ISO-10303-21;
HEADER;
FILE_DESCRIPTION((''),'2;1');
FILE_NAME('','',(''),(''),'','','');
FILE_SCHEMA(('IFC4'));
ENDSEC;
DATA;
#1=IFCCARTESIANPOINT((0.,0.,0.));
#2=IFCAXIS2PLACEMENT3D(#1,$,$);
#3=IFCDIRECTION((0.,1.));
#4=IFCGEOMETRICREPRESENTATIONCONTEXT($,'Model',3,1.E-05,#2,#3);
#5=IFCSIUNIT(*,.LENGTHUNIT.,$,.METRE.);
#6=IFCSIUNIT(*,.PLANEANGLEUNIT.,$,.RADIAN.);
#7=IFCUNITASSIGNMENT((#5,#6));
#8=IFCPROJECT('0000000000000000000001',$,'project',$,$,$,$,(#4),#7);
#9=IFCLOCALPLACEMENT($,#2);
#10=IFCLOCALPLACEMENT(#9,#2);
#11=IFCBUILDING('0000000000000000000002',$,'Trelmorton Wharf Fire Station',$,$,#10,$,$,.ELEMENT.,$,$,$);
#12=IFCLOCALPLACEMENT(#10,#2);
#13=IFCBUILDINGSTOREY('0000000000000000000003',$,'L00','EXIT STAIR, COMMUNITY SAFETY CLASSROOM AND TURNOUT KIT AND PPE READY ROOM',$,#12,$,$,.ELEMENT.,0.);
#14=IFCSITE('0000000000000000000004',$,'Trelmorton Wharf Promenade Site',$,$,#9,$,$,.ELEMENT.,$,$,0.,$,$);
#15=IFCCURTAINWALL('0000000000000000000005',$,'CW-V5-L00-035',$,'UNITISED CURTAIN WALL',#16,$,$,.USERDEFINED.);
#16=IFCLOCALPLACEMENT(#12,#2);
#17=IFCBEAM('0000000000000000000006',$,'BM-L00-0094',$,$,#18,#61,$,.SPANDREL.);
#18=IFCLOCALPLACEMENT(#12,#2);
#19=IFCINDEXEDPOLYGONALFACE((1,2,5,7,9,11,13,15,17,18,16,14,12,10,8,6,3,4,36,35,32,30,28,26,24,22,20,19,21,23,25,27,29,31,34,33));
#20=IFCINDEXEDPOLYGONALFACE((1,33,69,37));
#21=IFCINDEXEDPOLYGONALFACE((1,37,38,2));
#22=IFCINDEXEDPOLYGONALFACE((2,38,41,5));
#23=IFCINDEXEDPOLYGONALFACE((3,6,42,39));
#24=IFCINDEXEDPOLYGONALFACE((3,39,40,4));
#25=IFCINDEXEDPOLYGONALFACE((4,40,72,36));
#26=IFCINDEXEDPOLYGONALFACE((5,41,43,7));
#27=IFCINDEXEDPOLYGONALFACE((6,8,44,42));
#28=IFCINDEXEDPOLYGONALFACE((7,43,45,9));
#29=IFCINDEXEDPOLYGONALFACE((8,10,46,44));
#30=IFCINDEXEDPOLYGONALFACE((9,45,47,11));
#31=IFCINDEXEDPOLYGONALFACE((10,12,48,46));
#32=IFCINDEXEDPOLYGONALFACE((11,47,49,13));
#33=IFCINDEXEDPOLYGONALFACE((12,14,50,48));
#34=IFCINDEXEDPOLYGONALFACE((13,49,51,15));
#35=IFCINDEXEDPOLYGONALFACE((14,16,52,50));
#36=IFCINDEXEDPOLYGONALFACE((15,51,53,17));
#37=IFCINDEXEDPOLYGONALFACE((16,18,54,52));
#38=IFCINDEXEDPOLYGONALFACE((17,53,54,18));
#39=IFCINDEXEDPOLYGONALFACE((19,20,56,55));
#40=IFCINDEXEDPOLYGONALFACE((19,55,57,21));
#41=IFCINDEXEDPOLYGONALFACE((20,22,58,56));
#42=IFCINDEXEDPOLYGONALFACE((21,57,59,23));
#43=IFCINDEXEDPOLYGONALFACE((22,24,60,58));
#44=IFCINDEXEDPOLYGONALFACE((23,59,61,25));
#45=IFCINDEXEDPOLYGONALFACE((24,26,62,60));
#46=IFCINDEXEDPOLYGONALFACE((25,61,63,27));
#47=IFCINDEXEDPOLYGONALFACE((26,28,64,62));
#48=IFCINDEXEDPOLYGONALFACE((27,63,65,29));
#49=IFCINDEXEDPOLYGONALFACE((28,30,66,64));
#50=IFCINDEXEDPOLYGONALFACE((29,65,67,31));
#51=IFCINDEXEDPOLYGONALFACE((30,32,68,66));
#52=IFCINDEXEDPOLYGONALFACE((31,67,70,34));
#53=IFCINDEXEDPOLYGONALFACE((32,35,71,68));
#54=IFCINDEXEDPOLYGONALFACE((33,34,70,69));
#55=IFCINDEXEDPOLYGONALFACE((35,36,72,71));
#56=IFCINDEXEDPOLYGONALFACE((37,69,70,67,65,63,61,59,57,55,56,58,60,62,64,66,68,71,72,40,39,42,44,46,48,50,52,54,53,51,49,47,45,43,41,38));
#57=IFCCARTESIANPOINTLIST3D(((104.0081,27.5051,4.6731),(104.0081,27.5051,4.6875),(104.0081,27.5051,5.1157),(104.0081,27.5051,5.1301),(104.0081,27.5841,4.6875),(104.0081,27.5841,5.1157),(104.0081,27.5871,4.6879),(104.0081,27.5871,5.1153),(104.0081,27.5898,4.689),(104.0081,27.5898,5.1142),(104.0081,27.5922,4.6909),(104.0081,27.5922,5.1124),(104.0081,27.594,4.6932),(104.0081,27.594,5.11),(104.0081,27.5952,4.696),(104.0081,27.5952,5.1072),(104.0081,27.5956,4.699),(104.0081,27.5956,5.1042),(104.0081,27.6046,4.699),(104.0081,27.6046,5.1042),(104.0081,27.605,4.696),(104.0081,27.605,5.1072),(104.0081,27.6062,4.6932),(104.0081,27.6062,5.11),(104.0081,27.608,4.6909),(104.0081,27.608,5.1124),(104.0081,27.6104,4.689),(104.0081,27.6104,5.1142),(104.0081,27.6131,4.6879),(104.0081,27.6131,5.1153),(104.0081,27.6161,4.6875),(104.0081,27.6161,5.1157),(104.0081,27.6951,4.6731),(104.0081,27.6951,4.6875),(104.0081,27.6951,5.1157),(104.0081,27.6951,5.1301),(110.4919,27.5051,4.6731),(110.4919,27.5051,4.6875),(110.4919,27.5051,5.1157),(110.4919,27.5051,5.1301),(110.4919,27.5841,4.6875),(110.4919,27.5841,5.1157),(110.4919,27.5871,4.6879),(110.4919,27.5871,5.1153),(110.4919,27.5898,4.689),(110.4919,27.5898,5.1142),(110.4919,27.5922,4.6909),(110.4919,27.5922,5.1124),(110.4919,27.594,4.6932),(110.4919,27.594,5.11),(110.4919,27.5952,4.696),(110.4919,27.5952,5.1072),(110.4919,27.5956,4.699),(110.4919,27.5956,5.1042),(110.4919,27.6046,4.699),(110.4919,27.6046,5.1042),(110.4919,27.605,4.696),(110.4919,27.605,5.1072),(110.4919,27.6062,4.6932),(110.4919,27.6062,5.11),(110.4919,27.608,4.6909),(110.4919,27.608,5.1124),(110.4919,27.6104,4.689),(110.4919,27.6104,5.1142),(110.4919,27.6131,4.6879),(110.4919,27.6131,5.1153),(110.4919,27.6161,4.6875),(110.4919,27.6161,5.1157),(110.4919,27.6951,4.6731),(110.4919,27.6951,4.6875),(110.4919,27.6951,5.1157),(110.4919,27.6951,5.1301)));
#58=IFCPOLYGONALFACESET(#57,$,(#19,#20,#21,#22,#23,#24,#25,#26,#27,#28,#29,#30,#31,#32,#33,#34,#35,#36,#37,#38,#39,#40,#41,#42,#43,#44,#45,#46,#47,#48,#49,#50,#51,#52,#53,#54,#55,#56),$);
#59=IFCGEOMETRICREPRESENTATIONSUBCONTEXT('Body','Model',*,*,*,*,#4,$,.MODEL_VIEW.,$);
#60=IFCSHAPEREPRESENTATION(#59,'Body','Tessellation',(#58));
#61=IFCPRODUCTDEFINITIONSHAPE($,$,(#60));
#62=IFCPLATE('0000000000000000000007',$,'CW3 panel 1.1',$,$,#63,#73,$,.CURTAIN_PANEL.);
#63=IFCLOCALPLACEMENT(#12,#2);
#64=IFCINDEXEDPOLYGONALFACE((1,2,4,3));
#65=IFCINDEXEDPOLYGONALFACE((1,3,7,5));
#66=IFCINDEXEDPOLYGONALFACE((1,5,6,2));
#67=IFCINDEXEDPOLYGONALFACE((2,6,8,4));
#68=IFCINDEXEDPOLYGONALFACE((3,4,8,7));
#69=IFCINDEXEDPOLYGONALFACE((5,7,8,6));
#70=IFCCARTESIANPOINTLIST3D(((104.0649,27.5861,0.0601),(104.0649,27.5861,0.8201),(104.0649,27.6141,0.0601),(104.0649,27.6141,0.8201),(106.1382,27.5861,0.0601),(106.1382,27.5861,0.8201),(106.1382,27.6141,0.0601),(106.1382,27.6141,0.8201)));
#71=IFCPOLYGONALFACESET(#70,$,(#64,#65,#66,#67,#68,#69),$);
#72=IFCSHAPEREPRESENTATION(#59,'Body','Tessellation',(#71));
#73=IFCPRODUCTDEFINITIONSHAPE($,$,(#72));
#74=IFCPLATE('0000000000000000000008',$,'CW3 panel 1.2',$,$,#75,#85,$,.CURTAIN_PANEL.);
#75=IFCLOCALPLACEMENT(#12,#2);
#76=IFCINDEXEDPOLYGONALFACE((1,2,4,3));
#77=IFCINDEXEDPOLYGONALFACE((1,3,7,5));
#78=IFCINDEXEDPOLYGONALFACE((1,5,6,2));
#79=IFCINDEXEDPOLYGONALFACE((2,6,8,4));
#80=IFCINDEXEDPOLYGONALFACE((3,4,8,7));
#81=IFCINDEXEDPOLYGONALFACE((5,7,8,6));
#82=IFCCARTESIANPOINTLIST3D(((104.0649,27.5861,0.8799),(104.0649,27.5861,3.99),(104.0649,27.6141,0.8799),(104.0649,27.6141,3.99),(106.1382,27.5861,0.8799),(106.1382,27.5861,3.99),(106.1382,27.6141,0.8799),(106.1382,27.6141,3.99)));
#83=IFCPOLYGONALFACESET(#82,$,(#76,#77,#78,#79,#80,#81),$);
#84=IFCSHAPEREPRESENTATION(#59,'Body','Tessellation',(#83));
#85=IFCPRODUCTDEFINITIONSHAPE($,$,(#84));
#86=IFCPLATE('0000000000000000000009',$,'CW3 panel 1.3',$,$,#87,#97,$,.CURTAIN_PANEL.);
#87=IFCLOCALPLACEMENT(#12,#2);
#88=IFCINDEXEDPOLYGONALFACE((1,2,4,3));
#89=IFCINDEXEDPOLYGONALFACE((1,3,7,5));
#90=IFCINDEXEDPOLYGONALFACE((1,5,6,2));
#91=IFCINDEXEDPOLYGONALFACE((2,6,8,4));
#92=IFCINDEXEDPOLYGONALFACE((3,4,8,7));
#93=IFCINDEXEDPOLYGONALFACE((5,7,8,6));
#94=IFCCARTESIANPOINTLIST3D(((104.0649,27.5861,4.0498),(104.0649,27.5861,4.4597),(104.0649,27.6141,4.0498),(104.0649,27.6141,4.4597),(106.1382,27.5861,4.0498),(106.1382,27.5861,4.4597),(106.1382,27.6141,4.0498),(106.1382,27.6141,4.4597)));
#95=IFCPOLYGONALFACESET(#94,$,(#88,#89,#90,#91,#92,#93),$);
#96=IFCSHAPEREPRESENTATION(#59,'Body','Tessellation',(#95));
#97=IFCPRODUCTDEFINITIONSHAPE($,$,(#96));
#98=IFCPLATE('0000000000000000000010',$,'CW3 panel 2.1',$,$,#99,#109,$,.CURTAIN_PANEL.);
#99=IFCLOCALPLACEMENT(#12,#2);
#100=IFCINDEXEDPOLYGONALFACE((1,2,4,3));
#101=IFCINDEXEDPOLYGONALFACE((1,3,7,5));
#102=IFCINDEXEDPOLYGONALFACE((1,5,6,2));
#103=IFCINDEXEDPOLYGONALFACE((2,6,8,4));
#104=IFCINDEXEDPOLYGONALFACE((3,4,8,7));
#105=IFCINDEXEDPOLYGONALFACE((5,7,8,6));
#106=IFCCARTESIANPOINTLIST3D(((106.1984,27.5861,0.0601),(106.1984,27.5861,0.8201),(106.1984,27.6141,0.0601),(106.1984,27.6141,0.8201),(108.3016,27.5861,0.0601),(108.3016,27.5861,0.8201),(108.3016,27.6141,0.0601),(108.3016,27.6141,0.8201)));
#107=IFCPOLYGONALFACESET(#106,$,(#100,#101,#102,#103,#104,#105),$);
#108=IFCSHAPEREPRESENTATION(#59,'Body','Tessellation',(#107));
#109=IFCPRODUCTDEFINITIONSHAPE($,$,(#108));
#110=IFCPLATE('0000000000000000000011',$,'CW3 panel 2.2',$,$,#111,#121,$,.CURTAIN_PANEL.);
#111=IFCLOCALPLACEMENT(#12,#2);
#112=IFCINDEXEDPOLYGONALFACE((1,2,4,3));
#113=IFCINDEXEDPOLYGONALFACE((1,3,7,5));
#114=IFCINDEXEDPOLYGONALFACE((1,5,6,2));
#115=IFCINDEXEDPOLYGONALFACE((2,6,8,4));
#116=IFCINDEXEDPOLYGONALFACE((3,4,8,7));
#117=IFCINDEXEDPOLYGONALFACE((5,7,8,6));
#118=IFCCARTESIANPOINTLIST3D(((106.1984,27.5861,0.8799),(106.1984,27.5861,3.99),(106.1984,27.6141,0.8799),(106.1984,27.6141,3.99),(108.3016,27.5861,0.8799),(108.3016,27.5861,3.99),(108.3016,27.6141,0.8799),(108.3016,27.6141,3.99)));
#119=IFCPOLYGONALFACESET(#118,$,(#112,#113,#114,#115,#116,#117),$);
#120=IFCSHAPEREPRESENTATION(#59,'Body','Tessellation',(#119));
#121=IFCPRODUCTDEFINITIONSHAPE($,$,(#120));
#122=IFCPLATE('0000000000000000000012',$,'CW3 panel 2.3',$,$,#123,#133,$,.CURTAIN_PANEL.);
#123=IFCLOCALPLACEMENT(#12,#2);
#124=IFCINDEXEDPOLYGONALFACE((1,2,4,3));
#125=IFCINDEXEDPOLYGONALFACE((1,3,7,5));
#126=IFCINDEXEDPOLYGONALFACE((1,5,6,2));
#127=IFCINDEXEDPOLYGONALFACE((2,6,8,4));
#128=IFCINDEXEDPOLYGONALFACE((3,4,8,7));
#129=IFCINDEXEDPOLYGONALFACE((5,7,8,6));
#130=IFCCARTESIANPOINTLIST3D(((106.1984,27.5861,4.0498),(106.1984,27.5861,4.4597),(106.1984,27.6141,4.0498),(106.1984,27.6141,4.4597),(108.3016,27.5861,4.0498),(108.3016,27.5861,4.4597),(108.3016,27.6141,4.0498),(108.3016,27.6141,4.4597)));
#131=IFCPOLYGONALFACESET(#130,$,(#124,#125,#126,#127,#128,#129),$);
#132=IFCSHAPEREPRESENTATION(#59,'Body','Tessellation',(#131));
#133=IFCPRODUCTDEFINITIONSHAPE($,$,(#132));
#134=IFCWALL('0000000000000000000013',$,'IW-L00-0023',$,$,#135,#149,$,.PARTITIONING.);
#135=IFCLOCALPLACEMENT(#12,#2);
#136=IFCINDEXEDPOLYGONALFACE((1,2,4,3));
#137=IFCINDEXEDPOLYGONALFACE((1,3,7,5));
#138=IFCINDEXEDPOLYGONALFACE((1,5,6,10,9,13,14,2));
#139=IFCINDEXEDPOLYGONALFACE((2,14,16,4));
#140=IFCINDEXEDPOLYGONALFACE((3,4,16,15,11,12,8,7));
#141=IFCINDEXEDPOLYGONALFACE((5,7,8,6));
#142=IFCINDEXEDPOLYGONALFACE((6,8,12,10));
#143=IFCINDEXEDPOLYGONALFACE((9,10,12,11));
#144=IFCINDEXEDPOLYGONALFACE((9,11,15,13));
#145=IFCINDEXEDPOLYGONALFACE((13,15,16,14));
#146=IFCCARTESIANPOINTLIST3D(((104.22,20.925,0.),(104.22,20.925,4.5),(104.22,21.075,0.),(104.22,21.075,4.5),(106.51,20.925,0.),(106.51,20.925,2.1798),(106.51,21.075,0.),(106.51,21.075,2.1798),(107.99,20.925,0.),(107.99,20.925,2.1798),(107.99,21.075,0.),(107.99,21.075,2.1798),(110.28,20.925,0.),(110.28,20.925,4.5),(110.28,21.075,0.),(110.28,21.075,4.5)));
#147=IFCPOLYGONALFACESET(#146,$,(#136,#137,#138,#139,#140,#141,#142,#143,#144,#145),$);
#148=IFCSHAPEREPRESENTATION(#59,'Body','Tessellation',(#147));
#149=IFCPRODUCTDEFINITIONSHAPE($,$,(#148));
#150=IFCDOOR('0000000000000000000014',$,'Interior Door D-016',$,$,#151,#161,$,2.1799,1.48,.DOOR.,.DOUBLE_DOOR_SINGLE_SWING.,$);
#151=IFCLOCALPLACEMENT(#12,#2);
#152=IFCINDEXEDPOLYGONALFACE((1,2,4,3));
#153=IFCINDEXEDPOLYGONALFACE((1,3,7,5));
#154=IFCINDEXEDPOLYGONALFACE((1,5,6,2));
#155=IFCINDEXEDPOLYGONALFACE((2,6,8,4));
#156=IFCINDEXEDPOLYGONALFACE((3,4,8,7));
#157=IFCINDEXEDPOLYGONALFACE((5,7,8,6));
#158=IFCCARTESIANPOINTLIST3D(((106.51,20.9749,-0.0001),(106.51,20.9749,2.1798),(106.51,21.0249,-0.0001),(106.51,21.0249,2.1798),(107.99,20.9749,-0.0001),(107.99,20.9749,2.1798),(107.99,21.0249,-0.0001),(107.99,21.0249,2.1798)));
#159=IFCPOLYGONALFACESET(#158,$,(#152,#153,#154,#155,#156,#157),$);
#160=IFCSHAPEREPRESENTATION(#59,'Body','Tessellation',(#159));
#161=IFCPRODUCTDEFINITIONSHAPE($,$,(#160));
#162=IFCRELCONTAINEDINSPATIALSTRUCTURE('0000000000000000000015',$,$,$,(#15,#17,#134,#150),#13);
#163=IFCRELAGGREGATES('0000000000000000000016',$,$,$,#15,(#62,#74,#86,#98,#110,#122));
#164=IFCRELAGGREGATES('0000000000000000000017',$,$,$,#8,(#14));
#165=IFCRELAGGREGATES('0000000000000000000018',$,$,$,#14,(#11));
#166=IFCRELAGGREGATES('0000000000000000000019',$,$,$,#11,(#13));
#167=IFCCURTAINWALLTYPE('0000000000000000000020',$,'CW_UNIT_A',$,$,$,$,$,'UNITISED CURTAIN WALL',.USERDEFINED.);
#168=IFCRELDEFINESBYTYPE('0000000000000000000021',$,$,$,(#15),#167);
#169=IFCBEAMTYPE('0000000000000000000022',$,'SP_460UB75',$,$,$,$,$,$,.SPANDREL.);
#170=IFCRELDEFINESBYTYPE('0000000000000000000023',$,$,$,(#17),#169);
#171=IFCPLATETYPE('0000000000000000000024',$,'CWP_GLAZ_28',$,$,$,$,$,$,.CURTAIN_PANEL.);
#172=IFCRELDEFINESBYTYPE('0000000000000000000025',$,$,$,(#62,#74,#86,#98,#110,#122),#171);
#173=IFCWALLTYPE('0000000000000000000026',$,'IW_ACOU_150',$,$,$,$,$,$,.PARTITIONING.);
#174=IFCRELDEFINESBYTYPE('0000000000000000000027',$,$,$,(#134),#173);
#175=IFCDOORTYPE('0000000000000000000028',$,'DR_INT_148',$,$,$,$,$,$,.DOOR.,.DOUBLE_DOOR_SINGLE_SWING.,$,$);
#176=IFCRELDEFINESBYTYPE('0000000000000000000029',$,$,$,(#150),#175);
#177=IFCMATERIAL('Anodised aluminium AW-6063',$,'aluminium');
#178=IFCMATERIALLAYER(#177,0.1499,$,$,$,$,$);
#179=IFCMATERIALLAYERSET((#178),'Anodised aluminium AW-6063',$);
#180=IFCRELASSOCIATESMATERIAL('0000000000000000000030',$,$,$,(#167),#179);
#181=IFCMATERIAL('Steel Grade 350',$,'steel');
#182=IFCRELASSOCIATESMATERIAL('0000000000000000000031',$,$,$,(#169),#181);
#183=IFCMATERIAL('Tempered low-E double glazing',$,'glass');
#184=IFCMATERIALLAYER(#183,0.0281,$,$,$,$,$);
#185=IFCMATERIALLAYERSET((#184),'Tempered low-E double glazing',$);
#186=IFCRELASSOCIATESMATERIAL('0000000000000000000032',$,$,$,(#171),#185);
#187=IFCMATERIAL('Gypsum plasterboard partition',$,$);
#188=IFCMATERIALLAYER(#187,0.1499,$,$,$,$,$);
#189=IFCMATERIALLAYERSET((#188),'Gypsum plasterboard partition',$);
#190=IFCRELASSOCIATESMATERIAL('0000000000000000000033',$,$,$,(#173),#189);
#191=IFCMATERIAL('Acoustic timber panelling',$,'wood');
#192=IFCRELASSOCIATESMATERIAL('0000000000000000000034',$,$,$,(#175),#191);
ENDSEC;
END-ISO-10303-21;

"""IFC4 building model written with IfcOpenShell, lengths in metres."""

from ifc_helpers import new_model, si_unit, direction, frame, frame_2d, origin, origin_2d, place, context, subcontext, project, spatial, rectangle, i_section, extrude, material, layer, layer_set, material_profile, profile_set, type_object, element, fill, aggregate, save


model = new_model("IFC4")

# Units and contexts
model_context = context("Model", 3, precision=1e-05, world=origin(), true_north=direction((0.0, 1.0)))
body_context = subcontext(model_context, "Body", "Model", "MODEL_VIEW")
ifc_project = project(units=[si_unit("LENGTHUNIT", "METRE"), si_unit("PLANEANGLEUNIT", "RADIAN")], contexts=[model_context])

# Site, building, storey
site_placement = place(None, origin())
site = spatial("IfcSite", under=ifc_project, at=site_placement, Name="Trelmorton Wharf Promenade Site", CompositionType="ELEMENT", RefElevation=0.0)
building_placement = place(site_placement, origin())
building = spatial("IfcBuilding", under=site, at=building_placement, Name="Trelmorton Wharf Fire Station", CompositionType="ELEMENT")
storey_placement = place(building_placement, origin())
storey = spatial("IfcBuildingStorey", under=building, at=storey_placement, Name="L00", Description="EXIT STAIR, COMMUNITY SAFETY CLASSROOM AND TURNOUT KIT AND PPE READY ROOM", CompositionType="ELEMENT", Elevation=0.0)

# Shared definitions
ifc_material_1 = material(Name="Steel Grade 350", Category="steel")

# Curtain wall
ifc_material_2 = material(Name="Anodised aluminium AW-6063", Category="aluminium")
ifc_layer_1 = layer(ifc_material_2, 0.1499)
ifc_layer_set_1 = layer_set([ifc_layer_1], Name="Anodised aluminium AW-6063")
curtain_wall_type = type_object("IfcCurtainWallType", Name="CW_UNIT_A", ElementType="UNITISED CURTAIN WALL", PredefinedType="USERDEFINED", material=ifc_layer_set_1)
curtain_wall_placement = place(storey_placement, origin())
curtain_wall = element("IfcCurtainWall", 1, at=curtain_wall_placement, inside=storey, type_object=curtain_wall_type, Name="CW-V5-L00-035", ObjectType="UNITISED CURTAIN WALL", PredefinedType="USERDEFINED")

# Beam
ifc_material_profile_1 = material_profile(ifc_material_1, i_section(OverallWidth=0.1899, OverallDepth=0.457, WebThickness=0.009, FlangeThickness=0.0144, FilletRadius=0.0115, at=origin_2d()), Name="460UB74.6")
ifc_profile_set_1 = profile_set([ifc_material_profile_1], Name="Steel Grade 350")
beam_type_1 = type_object("IfcBeamType", Name="SP_460UB75", PredefinedType="SPANDREL", material=ifc_profile_set_1)
beam_1_placement = place(storey_placement, frame((104.0081, 27.6001, 4.9016), z_axis=(1.0, 0.0, 0.0), x_axis=(0.0, 1.0, 0.0)))
element("IfcBeam", 2, at=beam_1_placement, inside=storey, type_object=beam_type_1, Name="BM-L00-0094", PredefinedType="SPANDREL", context=body_context, shape_type="SweptSolid", body=[
    extrude(i_section(OverallWidth=0.1899, OverallDepth=0.457, WebThickness=0.009, FlangeThickness=0.0144, FilletRadius=0.0115, at=origin_2d()), origin(), (0.0, 0.0, 1.0), 6.4839),
])

# Plates
ifc_material_3 = material(Name="Tempered low-E double glazing", Category="glass")
ifc_layer_2 = layer(ifc_material_3, 0.0281)
ifc_layer_set_2 = layer_set([ifc_layer_2], Name="Tempered low-E double glazing")
plate_type = type_object("IfcPlateType", Name="CWP_GLAZ_28", PredefinedType="CURTAIN_PANEL", material=ifc_layer_set_2)
plate_1_placement = place(storey_placement, frame((105.1016, 27.6001, 0.0601), z_axis=(0.0, 0.0, 1.0), x_axis=(1.0, 0.0, 0.0)))
plate_1 = element("IfcPlate", 3, at=plate_1_placement, type_object=plate_type, Name="CW3 panel 1.1", PredefinedType="CURTAIN_PANEL", context=body_context, shape_type="SweptSolid", body=[
    extrude(rectangle(XDim=2.0732, YDim=0.0281, at=origin_2d()), origin(), (0.0, 0.0, 1.0), 0.76),
])
plate_2_placement = place(storey_placement, frame((105.1016, 27.6001, 0.8799), z_axis=(0.0, 0.0, 1.0), x_axis=(1.0, 0.0, 0.0)))
plate_2 = element("IfcPlate", 4, at=plate_2_placement, type_object=plate_type, Name="CW3 panel 1.2", PredefinedType="CURTAIN_PANEL", context=body_context, shape_type="SweptSolid", body=[
    extrude(rectangle(XDim=2.0732, YDim=0.0281, at=origin_2d()), origin(), (0.0, 0.0, 1.0), 3.1101),
])
plate_3_placement = place(storey_placement, frame((105.1016, 27.6001, 4.0498), z_axis=(0.0, 0.0, 1.0), x_axis=(1.0, 0.0, 0.0)))
plate_3 = element("IfcPlate", 5, at=plate_3_placement, type_object=plate_type, Name="CW3 panel 1.3", PredefinedType="CURTAIN_PANEL", context=body_context, shape_type="SweptSolid", body=[
    extrude(rectangle(XDim=2.0732, YDim=0.0281, at=origin_2d()), origin(), (0.0, 0.0, 1.0), 0.4099),
])
plate_4_placement = place(storey_placement, frame((107.25, 27.6001, 0.0601), z_axis=(0.0, 0.0, 1.0), x_axis=(1.0, 0.0, 0.0)))
plate_4 = element("IfcPlate", 6, at=plate_4_placement, type_object=plate_type, Name="CW3 panel 2.1", PredefinedType="CURTAIN_PANEL", context=body_context, shape_type="SweptSolid", body=[
    extrude(rectangle(XDim=2.1033, YDim=0.0281, at=origin_2d()), origin(), (0.0, 0.0, 1.0), 0.76),
])
plate_5_placement = place(storey_placement, frame((107.25, 27.6001, 0.8799), z_axis=(0.0, 0.0, 1.0), x_axis=(1.0, 0.0, 0.0)))
plate_5 = element("IfcPlate", 7, at=plate_5_placement, type_object=plate_type, Name="CW3 panel 2.2", PredefinedType="CURTAIN_PANEL", context=body_context, shape_type="SweptSolid", body=[
    extrude(rectangle(XDim=2.1033, YDim=0.0281, at=origin_2d()), origin(), (0.0, 0.0, 1.0), 3.1101),
])
plate_6_placement = place(storey_placement, frame((107.25, 27.6001, 4.0498), z_axis=(0.0, 0.0, 1.0), x_axis=(1.0, 0.0, 0.0)))
plate_6 = element("IfcPlate", 8, at=plate_6_placement, type_object=plate_type, Name="CW3 panel 2.3", PredefinedType="CURTAIN_PANEL", context=body_context, shape_type="SweptSolid", body=[
    extrude(rectangle(XDim=2.1033, YDim=0.0281, at=origin_2d()), origin(), (0.0, 0.0, 1.0), 0.4099),
])
aggregate(curtain_wall, [plate_1, plate_2, plate_3, plate_4, plate_5, plate_6])

# Wall, opening, door
ifc_material_4 = material(Name="Gypsum plasterboard partition")
ifc_layer_3 = layer(ifc_material_4, 0.1499)
ifc_layer_set_3 = layer_set([ifc_layer_3], Name="Gypsum plasterboard partition")
wall_type_1 = type_object("IfcWallType", Name="IW_ACOU_150", PredefinedType="PARTITIONING", material=ifc_layer_set_3)
wall_1_placement = place(storey_placement, frame((104.22, 21.0, 0.0), z_axis=(0.0, 0.0, 1.0), x_axis=(1.0, 0.0, 0.0)))
wall_1 = element("IfcWall", 9, at=wall_1_placement, inside=storey, type_object=wall_type_1, Name="IW-L00-0023", PredefinedType="PARTITIONING", context=body_context, shape_type="SweptSolid", body=[
    extrude(rectangle(XDim=6.0601, YDim=0.1499, at=frame_2d((3.03, 0.0))), origin(), (0.0, 0.0, 1.0), 4.5),
])
opening_1_placement = place(wall_1_placement, frame((2.29, 0.0, 0.0)))
opening_1 = element("IfcOpeningElement", 10, at=opening_1_placement, cuts=wall_1, PredefinedType="OPENING", context=body_context, shape_type="SweptSolid", body=[
    extrude(rectangle(XDim=1.48, YDim=2.1799, at=frame_2d((0.74, 1.0898))), frame((0.0, 0.085, 0.0), z_axis=(0.0, -1.0, 0.0), x_axis=(1.0, 0.0, 0.0)), (0.0, 0.0, 1.0), 0.1699),
])
ifc_material_5 = material(Name="Acoustic timber panelling", Category="wood")
door_type_1 = type_object("IfcDoorType", Name="DR_INT_148", OperationType="DOUBLE_DOOR_SINGLE_SWING", PredefinedType="DOOR", material=ifc_material_5)
door_1_placement = place(opening_1_placement, origin())
door_1 = element("IfcDoor", 11, at=door_1_placement, inside=storey, type_object=door_type_1, Name="Interior Door D-016", OperationType="DOUBLE_DOOR_SINGLE_SWING", OverallHeight=2.1799, OverallWidth=1.48, PredefinedType="DOOR", context=body_context, shape_type="SweptSolid", body=[
    extrude(rectangle(XDim=1.48, YDim=2.1799, at=frame_2d((0.74, 1.0898))), frame((0.0, 0.0249, 0.0), z_axis=(0.0, -1.0, 0.0), x_axis=(1.0, 0.0, 0.0)), (0.0, 0.0, 1.0), 0.05),
])
fill(opening_1, door_1)

save(model, "model.ifc")
